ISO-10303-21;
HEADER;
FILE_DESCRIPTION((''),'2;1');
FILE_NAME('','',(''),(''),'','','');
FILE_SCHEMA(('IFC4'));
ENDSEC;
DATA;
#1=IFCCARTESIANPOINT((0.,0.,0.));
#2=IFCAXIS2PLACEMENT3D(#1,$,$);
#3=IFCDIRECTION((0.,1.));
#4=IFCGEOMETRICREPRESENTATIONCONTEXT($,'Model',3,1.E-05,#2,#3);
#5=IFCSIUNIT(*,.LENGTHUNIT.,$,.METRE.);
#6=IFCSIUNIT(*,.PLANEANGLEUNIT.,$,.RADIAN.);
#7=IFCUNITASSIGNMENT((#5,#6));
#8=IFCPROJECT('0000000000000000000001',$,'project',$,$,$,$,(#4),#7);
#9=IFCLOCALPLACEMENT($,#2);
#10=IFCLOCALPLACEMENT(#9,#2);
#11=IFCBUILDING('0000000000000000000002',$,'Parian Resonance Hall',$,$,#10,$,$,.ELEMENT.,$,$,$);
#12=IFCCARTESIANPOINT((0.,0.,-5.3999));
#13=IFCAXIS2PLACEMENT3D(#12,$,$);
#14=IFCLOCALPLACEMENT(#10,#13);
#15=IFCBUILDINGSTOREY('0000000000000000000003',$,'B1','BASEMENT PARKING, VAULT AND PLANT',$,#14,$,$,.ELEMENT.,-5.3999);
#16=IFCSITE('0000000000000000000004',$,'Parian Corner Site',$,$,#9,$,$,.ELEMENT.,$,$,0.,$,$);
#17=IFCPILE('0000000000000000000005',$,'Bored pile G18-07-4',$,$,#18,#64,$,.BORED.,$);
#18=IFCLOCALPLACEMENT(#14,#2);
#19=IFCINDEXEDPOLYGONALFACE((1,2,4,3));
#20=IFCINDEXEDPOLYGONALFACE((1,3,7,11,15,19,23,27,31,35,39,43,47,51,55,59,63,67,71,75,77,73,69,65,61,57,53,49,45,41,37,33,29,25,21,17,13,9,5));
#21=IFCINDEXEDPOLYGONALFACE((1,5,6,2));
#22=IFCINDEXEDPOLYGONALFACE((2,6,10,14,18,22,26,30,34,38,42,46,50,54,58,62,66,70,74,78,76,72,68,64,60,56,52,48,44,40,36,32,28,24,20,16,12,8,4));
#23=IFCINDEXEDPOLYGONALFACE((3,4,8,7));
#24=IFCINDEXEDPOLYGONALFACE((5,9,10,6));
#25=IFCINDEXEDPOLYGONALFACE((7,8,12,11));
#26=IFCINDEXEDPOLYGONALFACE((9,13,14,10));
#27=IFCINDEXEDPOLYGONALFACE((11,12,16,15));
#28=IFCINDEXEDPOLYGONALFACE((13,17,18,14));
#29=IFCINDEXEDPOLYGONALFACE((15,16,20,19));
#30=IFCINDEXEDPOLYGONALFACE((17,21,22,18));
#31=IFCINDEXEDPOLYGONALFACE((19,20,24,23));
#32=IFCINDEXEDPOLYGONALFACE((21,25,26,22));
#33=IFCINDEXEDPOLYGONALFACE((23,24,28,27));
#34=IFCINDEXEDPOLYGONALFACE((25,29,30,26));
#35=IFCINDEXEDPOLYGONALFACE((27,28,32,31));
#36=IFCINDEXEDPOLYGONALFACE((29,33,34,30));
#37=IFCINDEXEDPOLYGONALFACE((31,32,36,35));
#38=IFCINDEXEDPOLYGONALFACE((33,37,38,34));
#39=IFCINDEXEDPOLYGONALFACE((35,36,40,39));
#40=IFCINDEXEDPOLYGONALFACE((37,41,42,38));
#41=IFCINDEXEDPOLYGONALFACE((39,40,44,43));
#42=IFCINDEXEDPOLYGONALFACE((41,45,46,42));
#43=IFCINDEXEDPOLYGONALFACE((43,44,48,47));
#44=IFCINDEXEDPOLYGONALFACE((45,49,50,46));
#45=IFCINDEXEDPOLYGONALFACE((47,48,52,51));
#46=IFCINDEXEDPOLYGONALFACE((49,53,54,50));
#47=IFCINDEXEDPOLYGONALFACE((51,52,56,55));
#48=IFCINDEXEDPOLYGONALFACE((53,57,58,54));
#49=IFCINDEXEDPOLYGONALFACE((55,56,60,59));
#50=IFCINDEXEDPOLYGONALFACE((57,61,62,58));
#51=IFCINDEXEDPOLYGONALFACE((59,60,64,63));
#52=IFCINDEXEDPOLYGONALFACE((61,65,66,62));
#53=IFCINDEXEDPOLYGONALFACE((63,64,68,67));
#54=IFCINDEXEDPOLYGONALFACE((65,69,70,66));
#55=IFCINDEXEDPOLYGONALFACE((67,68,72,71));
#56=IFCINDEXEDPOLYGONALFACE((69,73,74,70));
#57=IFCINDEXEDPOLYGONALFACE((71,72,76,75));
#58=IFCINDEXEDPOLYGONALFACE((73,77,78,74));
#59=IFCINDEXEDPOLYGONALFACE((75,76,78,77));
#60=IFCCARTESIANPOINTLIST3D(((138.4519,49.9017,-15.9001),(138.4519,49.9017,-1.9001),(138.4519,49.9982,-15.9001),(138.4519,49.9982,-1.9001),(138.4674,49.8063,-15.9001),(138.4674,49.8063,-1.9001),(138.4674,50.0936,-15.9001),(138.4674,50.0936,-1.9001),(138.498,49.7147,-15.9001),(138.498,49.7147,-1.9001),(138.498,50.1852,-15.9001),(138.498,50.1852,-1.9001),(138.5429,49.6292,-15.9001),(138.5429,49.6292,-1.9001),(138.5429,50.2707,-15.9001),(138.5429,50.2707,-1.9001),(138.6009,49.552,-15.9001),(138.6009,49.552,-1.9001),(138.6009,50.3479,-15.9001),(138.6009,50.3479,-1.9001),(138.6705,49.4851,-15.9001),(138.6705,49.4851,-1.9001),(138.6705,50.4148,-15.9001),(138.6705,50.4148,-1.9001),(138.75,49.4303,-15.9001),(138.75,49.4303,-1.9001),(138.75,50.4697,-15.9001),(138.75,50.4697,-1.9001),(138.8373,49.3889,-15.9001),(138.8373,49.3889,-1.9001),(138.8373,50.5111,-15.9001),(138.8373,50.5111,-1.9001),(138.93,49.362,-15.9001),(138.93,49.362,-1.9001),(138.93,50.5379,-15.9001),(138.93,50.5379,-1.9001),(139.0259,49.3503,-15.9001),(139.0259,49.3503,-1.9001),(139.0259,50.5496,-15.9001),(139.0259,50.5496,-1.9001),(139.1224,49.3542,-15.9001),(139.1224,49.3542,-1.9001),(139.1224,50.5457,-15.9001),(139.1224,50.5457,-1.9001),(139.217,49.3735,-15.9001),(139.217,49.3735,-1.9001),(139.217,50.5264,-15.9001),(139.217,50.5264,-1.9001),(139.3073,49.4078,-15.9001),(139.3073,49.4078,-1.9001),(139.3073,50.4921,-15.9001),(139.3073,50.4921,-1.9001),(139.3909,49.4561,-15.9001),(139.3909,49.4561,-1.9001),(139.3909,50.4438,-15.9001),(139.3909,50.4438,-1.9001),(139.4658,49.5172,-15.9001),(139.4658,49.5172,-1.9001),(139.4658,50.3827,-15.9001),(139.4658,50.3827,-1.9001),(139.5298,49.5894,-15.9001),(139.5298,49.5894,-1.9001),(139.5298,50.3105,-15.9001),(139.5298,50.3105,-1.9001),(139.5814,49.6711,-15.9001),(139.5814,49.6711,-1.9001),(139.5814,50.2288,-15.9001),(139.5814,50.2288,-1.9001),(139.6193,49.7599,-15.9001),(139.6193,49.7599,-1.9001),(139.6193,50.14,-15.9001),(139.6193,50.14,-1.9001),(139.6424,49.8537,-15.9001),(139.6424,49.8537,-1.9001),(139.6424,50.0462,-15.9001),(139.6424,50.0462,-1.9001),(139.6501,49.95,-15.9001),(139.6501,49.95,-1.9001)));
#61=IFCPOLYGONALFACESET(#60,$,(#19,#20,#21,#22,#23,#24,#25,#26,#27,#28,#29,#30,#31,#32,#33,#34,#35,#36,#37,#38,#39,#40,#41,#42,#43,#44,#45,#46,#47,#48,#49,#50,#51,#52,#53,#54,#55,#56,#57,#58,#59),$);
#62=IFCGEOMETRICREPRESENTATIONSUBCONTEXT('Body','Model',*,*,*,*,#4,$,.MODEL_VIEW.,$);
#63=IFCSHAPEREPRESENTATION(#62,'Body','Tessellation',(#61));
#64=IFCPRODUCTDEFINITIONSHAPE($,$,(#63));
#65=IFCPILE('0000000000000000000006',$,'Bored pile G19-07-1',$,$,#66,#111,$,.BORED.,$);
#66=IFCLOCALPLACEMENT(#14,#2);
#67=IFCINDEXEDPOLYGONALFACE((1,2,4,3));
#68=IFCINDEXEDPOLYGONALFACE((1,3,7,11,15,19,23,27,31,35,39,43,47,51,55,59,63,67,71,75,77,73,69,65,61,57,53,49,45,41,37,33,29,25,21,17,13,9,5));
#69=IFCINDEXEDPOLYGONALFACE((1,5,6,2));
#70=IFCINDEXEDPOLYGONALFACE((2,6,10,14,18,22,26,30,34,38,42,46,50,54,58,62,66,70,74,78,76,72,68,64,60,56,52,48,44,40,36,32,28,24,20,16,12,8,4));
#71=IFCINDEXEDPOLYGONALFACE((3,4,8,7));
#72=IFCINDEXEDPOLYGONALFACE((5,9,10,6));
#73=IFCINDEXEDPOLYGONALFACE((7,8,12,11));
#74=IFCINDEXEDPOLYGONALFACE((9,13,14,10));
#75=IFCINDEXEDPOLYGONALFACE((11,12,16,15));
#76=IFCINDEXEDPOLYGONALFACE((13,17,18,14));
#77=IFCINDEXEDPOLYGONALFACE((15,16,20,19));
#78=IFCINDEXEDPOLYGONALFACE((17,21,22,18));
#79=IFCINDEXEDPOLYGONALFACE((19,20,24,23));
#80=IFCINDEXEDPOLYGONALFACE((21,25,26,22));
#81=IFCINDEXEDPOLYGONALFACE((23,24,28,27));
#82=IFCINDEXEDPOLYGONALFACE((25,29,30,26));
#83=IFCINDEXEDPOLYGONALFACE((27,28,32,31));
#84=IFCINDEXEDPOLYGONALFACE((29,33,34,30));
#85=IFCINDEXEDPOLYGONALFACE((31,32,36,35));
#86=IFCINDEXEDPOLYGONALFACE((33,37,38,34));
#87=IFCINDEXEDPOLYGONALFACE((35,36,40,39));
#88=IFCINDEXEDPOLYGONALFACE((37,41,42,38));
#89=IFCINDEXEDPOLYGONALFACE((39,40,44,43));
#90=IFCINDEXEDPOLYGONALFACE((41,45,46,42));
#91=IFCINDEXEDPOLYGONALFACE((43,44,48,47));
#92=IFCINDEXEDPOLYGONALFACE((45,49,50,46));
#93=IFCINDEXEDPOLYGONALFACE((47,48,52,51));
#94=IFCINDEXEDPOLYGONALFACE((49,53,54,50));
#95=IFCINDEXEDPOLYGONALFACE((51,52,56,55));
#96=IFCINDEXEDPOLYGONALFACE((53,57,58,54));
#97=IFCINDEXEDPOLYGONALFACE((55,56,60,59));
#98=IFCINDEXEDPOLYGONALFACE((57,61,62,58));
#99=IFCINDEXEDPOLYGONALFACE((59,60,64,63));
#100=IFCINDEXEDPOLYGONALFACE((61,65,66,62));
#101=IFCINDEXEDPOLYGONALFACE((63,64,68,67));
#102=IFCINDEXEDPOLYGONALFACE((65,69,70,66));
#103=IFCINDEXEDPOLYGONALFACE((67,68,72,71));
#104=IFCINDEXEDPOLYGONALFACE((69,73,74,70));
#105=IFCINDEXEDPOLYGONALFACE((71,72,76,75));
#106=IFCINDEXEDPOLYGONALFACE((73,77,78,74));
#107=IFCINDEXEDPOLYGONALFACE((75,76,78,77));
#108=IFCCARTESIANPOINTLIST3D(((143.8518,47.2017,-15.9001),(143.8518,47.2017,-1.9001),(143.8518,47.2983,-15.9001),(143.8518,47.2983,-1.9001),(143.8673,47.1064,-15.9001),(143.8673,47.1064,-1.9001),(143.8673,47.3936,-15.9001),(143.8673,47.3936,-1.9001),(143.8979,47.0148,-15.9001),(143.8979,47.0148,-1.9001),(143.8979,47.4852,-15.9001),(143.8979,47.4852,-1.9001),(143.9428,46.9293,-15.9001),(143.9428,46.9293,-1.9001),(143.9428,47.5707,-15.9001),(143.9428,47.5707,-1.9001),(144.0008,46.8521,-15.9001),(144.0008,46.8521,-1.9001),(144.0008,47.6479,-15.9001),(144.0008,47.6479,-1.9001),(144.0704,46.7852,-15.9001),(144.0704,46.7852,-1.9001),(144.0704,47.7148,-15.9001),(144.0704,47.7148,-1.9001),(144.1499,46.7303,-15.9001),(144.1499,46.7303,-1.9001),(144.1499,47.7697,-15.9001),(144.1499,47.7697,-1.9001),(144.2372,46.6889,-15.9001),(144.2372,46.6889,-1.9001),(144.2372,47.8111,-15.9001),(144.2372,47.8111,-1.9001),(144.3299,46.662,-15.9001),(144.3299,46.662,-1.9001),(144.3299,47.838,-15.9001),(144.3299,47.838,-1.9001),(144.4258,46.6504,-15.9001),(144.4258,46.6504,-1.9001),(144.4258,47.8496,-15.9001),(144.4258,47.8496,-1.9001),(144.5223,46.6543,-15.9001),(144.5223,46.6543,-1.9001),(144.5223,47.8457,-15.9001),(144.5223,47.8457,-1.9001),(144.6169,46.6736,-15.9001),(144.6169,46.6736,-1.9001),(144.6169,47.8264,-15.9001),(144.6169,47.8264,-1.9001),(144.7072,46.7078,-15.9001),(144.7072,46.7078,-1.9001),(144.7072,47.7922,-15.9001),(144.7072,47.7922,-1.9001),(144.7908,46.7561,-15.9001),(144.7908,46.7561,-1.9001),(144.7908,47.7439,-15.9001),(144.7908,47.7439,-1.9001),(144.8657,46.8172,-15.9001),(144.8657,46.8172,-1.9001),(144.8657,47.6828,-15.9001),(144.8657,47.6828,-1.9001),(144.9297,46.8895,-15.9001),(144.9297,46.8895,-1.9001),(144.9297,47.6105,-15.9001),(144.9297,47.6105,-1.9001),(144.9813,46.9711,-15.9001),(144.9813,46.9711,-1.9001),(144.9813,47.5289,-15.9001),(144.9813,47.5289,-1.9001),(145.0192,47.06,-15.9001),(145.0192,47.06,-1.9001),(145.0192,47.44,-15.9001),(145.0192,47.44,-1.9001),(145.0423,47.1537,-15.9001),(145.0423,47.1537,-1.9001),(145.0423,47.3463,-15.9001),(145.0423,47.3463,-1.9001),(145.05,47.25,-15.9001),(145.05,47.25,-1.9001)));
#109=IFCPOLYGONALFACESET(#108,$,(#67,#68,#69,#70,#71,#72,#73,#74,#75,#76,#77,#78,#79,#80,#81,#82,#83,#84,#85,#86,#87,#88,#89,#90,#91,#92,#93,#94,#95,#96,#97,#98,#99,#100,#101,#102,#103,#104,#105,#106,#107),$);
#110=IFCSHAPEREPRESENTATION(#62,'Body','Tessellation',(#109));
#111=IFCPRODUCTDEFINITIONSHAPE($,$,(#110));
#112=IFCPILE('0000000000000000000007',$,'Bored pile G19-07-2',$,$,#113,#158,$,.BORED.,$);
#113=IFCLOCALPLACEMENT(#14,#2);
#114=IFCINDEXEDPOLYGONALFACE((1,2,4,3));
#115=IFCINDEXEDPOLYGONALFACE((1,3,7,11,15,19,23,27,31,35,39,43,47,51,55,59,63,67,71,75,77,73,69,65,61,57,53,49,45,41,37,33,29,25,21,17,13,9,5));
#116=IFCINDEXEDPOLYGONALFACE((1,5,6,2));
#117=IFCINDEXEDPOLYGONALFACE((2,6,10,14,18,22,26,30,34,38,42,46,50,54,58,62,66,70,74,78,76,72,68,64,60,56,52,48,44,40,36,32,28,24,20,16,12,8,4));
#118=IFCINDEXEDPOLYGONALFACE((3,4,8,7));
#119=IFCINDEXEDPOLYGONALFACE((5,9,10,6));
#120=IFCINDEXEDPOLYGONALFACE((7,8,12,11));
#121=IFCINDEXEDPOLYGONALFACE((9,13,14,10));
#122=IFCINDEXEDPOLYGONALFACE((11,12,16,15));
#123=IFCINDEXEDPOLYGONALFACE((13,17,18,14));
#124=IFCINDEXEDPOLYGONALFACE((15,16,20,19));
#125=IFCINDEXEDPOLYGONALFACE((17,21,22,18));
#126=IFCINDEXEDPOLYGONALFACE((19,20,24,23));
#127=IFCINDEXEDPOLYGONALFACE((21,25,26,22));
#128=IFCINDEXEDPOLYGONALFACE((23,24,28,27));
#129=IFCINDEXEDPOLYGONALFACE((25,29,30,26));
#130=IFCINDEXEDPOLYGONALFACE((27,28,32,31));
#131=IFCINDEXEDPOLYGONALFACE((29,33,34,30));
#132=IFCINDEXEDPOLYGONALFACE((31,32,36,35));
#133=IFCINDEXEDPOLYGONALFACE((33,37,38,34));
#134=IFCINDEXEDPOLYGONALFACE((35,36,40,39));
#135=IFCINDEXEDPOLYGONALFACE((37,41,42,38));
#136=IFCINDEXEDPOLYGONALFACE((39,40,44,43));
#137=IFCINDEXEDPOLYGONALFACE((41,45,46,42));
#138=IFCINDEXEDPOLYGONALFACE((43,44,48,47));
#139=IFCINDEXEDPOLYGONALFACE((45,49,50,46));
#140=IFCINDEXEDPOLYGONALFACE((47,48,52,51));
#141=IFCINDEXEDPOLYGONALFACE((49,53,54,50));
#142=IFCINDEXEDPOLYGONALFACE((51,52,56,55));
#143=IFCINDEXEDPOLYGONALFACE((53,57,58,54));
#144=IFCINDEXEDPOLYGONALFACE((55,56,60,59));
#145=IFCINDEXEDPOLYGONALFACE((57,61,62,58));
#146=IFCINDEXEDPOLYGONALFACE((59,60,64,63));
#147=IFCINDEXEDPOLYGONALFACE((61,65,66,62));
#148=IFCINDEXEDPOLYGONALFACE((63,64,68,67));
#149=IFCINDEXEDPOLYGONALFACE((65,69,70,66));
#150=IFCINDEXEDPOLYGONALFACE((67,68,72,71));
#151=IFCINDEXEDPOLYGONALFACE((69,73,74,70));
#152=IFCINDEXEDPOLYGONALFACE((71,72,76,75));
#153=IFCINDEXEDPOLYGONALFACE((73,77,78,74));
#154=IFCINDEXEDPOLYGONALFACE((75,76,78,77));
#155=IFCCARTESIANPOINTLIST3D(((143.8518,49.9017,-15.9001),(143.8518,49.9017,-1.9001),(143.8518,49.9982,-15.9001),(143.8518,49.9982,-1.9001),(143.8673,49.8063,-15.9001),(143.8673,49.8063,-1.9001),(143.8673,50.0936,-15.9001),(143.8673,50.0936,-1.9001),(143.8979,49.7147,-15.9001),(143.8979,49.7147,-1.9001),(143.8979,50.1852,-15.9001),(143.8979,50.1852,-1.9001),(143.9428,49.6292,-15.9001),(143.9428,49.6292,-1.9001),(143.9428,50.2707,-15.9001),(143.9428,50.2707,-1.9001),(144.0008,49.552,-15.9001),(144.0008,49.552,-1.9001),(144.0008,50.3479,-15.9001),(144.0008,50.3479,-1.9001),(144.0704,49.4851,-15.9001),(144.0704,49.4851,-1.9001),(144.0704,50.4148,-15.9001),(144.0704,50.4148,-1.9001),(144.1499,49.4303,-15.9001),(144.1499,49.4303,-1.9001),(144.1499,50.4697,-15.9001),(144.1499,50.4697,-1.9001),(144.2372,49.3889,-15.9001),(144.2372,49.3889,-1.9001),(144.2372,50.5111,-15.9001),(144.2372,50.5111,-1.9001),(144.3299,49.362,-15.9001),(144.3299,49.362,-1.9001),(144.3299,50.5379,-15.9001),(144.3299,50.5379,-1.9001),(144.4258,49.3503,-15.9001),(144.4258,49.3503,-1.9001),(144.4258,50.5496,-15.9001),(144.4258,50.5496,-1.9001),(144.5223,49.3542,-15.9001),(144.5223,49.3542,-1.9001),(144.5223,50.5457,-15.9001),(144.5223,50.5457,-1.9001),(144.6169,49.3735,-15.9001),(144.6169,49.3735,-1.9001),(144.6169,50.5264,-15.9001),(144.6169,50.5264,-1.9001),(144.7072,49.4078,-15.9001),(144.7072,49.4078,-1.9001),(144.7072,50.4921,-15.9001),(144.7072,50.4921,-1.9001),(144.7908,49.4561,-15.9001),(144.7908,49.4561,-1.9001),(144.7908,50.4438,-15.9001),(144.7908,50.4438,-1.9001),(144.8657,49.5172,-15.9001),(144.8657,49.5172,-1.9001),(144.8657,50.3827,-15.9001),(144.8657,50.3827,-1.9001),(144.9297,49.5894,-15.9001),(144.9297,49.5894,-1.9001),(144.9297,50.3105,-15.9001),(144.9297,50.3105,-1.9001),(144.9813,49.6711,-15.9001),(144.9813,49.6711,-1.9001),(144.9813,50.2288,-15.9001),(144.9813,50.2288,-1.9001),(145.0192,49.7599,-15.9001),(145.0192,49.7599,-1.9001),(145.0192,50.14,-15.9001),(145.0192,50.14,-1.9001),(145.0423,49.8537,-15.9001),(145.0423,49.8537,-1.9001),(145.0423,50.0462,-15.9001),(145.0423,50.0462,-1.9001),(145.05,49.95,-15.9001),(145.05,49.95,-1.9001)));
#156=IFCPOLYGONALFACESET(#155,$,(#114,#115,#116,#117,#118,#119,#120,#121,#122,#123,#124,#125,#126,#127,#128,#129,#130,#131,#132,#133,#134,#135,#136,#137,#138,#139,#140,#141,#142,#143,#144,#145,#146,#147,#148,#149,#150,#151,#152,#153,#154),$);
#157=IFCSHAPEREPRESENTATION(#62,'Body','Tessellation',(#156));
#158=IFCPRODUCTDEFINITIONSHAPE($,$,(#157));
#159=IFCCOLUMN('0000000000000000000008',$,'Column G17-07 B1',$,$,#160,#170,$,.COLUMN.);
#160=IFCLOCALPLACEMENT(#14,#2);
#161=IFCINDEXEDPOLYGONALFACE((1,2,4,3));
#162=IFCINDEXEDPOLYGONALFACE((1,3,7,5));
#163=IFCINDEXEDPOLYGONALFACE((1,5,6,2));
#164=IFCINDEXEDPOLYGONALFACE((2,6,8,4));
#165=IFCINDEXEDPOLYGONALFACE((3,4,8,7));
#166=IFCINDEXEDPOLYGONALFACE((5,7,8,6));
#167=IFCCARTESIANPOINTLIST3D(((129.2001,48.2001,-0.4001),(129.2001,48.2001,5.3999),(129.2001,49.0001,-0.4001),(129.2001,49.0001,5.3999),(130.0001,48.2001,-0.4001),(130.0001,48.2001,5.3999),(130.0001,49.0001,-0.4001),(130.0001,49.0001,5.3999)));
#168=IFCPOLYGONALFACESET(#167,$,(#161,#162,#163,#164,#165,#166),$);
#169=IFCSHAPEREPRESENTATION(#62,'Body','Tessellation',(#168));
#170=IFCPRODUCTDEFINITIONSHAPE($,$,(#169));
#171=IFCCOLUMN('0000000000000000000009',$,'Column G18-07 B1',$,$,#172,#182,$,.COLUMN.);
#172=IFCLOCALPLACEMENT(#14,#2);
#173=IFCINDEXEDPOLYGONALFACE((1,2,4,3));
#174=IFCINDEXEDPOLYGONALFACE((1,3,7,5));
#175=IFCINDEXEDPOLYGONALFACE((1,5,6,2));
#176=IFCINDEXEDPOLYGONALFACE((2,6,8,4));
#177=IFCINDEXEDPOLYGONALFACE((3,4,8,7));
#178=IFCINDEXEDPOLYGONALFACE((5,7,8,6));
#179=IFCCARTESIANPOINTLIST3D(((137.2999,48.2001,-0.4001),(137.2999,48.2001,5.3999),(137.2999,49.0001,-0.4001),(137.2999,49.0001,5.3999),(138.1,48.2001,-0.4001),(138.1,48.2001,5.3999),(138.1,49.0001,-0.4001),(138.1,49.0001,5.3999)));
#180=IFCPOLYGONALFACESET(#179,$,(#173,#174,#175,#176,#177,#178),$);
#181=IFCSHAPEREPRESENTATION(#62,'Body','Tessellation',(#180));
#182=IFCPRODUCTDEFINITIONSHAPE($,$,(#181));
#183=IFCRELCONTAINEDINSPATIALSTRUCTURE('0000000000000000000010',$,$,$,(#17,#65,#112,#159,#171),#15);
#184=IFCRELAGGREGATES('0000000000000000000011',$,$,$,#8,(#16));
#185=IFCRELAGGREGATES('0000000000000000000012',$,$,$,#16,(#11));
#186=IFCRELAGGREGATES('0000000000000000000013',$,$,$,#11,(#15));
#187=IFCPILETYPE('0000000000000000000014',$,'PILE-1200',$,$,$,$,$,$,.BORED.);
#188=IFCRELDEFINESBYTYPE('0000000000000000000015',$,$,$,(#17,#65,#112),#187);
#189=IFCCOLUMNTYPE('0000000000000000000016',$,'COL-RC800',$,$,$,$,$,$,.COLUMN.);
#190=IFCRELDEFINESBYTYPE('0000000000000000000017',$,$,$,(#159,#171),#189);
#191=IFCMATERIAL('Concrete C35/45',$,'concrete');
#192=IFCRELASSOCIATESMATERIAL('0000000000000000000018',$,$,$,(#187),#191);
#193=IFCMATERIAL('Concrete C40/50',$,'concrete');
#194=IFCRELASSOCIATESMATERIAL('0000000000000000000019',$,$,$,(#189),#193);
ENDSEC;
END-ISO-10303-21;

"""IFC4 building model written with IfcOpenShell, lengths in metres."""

from ifc_helpers import new_model, si_unit, direction, frame, origin, origin_2d, place, context, subcontext, project, spatial, rectangle, circle, extrude, material, material_profile, profile_set, type_object, element, save


model = new_model("IFC4")

# Units and contexts
model_context = context("Model", 3, precision=1e-05, world=origin(), true_north=direction((0.0, 1.0)))
body_context = subcontext(model_context, "Body", "Model", "MODEL_VIEW")
ifc_project = project(units=[si_unit("LENGTHUNIT", "METRE"), si_unit("PLANEANGLEUNIT", "RADIAN")], contexts=[model_context])

# Site, building, storey
site_placement = place(None, origin())
site = spatial("IfcSite", under=ifc_project, at=site_placement, Name="Parian Corner Site", CompositionType="ELEMENT", RefElevation=0.0)
building_placement = place(site_placement, origin())
building = spatial("IfcBuilding", under=site, at=building_placement, Name="Parian Resonance Hall", CompositionType="ELEMENT")
storey_placement = place(building_placement, frame((0.0, 0.0, -5.3999)))
storey = spatial("IfcBuildingStorey", under=building, at=storey_placement, Name="B1", Description="BASEMENT PARKING, VAULT AND PLANT", CompositionType="ELEMENT", Elevation=-5.3999)

# Piles
ifc_material_1 = material(Name="Concrete C35/45", Category="concrete")
ifc_material_profile_1 = material_profile(ifc_material_1, circle(Radius=0.6001, at=origin_2d()), Name="PILE-D1200")
ifc_profile_set_1 = profile_set([ifc_material_profile_1], Name="Concrete C35/45")
pile_type = type_object("IfcPileType", Name="PILE-1200", PredefinedType="BORED", material=ifc_profile_set_1)
for number, where, z_axis, x_axis, name in (
    (1, (139.05, 49.95, -1.9001), (0.0, 0.0, -1.0), (1.0, 0.0, 0.0), "Bored pile G18-07-4"),
    (2, (144.45, 47.25, -1.9001), (0.0, 0.0, -1.0), (1.0, 0.0, 0.0), "Bored pile G19-07-1"),
    (3, (144.45, 49.95, -1.9001), (0.0, 0.0, -1.0), (1.0, 0.0, 0.0), "Bored pile G19-07-2"),
):
    element("IfcPile", number, at=place(storey_placement, frame(where, z_axis=z_axis, x_axis=x_axis)), inside=storey, type_object=pile_type, Name=name, PredefinedType="BORED", context=body_context, shape_type="SweptSolid", body=[
        extrude(circle(Radius=0.6001, at=origin_2d()), origin(), (0.0, 0.0, 1.0), 14.0),
    ])

# Columns
ifc_material_2 = material(Name="Concrete C40/50", Category="concrete")
ifc_material_profile_2 = material_profile(ifc_material_2, rectangle(XDim=0.8, YDim=0.8, at=origin_2d()), Name="RC-COL-800x800")
ifc_profile_set_2 = profile_set([ifc_material_profile_2], Name="Concrete C40/50")
column_type = type_object("IfcColumnType", Name="COL-RC800", PredefinedType="COLUMN", material=ifc_profile_set_2)
for number, where, z_axis, x_axis, name in (
    (4, (129.6001, 48.6001, -0.4001), (0.0, 0.0, 1.0), (1.0, 0.0, 0.0), "Column G17-07 B1"),
    (5, (137.7, 48.6001, -0.4001), (0.0, 0.0, 1.0), (1.0, 0.0, 0.0), "Column G18-07 B1"),
):
    element("IfcColumn", number, at=place(storey_placement, frame(where, z_axis=z_axis, x_axis=x_axis)), inside=storey, type_object=column_type, Name=name, PredefinedType="COLUMN", context=body_context, shape_type="SweptSolid", body=[
        extrude(rectangle(XDim=0.8, YDim=0.8, at=origin_2d()), origin(), (0.0, 0.0, 1.0), 5.8),
    ])

save(model, "model.ifc")
